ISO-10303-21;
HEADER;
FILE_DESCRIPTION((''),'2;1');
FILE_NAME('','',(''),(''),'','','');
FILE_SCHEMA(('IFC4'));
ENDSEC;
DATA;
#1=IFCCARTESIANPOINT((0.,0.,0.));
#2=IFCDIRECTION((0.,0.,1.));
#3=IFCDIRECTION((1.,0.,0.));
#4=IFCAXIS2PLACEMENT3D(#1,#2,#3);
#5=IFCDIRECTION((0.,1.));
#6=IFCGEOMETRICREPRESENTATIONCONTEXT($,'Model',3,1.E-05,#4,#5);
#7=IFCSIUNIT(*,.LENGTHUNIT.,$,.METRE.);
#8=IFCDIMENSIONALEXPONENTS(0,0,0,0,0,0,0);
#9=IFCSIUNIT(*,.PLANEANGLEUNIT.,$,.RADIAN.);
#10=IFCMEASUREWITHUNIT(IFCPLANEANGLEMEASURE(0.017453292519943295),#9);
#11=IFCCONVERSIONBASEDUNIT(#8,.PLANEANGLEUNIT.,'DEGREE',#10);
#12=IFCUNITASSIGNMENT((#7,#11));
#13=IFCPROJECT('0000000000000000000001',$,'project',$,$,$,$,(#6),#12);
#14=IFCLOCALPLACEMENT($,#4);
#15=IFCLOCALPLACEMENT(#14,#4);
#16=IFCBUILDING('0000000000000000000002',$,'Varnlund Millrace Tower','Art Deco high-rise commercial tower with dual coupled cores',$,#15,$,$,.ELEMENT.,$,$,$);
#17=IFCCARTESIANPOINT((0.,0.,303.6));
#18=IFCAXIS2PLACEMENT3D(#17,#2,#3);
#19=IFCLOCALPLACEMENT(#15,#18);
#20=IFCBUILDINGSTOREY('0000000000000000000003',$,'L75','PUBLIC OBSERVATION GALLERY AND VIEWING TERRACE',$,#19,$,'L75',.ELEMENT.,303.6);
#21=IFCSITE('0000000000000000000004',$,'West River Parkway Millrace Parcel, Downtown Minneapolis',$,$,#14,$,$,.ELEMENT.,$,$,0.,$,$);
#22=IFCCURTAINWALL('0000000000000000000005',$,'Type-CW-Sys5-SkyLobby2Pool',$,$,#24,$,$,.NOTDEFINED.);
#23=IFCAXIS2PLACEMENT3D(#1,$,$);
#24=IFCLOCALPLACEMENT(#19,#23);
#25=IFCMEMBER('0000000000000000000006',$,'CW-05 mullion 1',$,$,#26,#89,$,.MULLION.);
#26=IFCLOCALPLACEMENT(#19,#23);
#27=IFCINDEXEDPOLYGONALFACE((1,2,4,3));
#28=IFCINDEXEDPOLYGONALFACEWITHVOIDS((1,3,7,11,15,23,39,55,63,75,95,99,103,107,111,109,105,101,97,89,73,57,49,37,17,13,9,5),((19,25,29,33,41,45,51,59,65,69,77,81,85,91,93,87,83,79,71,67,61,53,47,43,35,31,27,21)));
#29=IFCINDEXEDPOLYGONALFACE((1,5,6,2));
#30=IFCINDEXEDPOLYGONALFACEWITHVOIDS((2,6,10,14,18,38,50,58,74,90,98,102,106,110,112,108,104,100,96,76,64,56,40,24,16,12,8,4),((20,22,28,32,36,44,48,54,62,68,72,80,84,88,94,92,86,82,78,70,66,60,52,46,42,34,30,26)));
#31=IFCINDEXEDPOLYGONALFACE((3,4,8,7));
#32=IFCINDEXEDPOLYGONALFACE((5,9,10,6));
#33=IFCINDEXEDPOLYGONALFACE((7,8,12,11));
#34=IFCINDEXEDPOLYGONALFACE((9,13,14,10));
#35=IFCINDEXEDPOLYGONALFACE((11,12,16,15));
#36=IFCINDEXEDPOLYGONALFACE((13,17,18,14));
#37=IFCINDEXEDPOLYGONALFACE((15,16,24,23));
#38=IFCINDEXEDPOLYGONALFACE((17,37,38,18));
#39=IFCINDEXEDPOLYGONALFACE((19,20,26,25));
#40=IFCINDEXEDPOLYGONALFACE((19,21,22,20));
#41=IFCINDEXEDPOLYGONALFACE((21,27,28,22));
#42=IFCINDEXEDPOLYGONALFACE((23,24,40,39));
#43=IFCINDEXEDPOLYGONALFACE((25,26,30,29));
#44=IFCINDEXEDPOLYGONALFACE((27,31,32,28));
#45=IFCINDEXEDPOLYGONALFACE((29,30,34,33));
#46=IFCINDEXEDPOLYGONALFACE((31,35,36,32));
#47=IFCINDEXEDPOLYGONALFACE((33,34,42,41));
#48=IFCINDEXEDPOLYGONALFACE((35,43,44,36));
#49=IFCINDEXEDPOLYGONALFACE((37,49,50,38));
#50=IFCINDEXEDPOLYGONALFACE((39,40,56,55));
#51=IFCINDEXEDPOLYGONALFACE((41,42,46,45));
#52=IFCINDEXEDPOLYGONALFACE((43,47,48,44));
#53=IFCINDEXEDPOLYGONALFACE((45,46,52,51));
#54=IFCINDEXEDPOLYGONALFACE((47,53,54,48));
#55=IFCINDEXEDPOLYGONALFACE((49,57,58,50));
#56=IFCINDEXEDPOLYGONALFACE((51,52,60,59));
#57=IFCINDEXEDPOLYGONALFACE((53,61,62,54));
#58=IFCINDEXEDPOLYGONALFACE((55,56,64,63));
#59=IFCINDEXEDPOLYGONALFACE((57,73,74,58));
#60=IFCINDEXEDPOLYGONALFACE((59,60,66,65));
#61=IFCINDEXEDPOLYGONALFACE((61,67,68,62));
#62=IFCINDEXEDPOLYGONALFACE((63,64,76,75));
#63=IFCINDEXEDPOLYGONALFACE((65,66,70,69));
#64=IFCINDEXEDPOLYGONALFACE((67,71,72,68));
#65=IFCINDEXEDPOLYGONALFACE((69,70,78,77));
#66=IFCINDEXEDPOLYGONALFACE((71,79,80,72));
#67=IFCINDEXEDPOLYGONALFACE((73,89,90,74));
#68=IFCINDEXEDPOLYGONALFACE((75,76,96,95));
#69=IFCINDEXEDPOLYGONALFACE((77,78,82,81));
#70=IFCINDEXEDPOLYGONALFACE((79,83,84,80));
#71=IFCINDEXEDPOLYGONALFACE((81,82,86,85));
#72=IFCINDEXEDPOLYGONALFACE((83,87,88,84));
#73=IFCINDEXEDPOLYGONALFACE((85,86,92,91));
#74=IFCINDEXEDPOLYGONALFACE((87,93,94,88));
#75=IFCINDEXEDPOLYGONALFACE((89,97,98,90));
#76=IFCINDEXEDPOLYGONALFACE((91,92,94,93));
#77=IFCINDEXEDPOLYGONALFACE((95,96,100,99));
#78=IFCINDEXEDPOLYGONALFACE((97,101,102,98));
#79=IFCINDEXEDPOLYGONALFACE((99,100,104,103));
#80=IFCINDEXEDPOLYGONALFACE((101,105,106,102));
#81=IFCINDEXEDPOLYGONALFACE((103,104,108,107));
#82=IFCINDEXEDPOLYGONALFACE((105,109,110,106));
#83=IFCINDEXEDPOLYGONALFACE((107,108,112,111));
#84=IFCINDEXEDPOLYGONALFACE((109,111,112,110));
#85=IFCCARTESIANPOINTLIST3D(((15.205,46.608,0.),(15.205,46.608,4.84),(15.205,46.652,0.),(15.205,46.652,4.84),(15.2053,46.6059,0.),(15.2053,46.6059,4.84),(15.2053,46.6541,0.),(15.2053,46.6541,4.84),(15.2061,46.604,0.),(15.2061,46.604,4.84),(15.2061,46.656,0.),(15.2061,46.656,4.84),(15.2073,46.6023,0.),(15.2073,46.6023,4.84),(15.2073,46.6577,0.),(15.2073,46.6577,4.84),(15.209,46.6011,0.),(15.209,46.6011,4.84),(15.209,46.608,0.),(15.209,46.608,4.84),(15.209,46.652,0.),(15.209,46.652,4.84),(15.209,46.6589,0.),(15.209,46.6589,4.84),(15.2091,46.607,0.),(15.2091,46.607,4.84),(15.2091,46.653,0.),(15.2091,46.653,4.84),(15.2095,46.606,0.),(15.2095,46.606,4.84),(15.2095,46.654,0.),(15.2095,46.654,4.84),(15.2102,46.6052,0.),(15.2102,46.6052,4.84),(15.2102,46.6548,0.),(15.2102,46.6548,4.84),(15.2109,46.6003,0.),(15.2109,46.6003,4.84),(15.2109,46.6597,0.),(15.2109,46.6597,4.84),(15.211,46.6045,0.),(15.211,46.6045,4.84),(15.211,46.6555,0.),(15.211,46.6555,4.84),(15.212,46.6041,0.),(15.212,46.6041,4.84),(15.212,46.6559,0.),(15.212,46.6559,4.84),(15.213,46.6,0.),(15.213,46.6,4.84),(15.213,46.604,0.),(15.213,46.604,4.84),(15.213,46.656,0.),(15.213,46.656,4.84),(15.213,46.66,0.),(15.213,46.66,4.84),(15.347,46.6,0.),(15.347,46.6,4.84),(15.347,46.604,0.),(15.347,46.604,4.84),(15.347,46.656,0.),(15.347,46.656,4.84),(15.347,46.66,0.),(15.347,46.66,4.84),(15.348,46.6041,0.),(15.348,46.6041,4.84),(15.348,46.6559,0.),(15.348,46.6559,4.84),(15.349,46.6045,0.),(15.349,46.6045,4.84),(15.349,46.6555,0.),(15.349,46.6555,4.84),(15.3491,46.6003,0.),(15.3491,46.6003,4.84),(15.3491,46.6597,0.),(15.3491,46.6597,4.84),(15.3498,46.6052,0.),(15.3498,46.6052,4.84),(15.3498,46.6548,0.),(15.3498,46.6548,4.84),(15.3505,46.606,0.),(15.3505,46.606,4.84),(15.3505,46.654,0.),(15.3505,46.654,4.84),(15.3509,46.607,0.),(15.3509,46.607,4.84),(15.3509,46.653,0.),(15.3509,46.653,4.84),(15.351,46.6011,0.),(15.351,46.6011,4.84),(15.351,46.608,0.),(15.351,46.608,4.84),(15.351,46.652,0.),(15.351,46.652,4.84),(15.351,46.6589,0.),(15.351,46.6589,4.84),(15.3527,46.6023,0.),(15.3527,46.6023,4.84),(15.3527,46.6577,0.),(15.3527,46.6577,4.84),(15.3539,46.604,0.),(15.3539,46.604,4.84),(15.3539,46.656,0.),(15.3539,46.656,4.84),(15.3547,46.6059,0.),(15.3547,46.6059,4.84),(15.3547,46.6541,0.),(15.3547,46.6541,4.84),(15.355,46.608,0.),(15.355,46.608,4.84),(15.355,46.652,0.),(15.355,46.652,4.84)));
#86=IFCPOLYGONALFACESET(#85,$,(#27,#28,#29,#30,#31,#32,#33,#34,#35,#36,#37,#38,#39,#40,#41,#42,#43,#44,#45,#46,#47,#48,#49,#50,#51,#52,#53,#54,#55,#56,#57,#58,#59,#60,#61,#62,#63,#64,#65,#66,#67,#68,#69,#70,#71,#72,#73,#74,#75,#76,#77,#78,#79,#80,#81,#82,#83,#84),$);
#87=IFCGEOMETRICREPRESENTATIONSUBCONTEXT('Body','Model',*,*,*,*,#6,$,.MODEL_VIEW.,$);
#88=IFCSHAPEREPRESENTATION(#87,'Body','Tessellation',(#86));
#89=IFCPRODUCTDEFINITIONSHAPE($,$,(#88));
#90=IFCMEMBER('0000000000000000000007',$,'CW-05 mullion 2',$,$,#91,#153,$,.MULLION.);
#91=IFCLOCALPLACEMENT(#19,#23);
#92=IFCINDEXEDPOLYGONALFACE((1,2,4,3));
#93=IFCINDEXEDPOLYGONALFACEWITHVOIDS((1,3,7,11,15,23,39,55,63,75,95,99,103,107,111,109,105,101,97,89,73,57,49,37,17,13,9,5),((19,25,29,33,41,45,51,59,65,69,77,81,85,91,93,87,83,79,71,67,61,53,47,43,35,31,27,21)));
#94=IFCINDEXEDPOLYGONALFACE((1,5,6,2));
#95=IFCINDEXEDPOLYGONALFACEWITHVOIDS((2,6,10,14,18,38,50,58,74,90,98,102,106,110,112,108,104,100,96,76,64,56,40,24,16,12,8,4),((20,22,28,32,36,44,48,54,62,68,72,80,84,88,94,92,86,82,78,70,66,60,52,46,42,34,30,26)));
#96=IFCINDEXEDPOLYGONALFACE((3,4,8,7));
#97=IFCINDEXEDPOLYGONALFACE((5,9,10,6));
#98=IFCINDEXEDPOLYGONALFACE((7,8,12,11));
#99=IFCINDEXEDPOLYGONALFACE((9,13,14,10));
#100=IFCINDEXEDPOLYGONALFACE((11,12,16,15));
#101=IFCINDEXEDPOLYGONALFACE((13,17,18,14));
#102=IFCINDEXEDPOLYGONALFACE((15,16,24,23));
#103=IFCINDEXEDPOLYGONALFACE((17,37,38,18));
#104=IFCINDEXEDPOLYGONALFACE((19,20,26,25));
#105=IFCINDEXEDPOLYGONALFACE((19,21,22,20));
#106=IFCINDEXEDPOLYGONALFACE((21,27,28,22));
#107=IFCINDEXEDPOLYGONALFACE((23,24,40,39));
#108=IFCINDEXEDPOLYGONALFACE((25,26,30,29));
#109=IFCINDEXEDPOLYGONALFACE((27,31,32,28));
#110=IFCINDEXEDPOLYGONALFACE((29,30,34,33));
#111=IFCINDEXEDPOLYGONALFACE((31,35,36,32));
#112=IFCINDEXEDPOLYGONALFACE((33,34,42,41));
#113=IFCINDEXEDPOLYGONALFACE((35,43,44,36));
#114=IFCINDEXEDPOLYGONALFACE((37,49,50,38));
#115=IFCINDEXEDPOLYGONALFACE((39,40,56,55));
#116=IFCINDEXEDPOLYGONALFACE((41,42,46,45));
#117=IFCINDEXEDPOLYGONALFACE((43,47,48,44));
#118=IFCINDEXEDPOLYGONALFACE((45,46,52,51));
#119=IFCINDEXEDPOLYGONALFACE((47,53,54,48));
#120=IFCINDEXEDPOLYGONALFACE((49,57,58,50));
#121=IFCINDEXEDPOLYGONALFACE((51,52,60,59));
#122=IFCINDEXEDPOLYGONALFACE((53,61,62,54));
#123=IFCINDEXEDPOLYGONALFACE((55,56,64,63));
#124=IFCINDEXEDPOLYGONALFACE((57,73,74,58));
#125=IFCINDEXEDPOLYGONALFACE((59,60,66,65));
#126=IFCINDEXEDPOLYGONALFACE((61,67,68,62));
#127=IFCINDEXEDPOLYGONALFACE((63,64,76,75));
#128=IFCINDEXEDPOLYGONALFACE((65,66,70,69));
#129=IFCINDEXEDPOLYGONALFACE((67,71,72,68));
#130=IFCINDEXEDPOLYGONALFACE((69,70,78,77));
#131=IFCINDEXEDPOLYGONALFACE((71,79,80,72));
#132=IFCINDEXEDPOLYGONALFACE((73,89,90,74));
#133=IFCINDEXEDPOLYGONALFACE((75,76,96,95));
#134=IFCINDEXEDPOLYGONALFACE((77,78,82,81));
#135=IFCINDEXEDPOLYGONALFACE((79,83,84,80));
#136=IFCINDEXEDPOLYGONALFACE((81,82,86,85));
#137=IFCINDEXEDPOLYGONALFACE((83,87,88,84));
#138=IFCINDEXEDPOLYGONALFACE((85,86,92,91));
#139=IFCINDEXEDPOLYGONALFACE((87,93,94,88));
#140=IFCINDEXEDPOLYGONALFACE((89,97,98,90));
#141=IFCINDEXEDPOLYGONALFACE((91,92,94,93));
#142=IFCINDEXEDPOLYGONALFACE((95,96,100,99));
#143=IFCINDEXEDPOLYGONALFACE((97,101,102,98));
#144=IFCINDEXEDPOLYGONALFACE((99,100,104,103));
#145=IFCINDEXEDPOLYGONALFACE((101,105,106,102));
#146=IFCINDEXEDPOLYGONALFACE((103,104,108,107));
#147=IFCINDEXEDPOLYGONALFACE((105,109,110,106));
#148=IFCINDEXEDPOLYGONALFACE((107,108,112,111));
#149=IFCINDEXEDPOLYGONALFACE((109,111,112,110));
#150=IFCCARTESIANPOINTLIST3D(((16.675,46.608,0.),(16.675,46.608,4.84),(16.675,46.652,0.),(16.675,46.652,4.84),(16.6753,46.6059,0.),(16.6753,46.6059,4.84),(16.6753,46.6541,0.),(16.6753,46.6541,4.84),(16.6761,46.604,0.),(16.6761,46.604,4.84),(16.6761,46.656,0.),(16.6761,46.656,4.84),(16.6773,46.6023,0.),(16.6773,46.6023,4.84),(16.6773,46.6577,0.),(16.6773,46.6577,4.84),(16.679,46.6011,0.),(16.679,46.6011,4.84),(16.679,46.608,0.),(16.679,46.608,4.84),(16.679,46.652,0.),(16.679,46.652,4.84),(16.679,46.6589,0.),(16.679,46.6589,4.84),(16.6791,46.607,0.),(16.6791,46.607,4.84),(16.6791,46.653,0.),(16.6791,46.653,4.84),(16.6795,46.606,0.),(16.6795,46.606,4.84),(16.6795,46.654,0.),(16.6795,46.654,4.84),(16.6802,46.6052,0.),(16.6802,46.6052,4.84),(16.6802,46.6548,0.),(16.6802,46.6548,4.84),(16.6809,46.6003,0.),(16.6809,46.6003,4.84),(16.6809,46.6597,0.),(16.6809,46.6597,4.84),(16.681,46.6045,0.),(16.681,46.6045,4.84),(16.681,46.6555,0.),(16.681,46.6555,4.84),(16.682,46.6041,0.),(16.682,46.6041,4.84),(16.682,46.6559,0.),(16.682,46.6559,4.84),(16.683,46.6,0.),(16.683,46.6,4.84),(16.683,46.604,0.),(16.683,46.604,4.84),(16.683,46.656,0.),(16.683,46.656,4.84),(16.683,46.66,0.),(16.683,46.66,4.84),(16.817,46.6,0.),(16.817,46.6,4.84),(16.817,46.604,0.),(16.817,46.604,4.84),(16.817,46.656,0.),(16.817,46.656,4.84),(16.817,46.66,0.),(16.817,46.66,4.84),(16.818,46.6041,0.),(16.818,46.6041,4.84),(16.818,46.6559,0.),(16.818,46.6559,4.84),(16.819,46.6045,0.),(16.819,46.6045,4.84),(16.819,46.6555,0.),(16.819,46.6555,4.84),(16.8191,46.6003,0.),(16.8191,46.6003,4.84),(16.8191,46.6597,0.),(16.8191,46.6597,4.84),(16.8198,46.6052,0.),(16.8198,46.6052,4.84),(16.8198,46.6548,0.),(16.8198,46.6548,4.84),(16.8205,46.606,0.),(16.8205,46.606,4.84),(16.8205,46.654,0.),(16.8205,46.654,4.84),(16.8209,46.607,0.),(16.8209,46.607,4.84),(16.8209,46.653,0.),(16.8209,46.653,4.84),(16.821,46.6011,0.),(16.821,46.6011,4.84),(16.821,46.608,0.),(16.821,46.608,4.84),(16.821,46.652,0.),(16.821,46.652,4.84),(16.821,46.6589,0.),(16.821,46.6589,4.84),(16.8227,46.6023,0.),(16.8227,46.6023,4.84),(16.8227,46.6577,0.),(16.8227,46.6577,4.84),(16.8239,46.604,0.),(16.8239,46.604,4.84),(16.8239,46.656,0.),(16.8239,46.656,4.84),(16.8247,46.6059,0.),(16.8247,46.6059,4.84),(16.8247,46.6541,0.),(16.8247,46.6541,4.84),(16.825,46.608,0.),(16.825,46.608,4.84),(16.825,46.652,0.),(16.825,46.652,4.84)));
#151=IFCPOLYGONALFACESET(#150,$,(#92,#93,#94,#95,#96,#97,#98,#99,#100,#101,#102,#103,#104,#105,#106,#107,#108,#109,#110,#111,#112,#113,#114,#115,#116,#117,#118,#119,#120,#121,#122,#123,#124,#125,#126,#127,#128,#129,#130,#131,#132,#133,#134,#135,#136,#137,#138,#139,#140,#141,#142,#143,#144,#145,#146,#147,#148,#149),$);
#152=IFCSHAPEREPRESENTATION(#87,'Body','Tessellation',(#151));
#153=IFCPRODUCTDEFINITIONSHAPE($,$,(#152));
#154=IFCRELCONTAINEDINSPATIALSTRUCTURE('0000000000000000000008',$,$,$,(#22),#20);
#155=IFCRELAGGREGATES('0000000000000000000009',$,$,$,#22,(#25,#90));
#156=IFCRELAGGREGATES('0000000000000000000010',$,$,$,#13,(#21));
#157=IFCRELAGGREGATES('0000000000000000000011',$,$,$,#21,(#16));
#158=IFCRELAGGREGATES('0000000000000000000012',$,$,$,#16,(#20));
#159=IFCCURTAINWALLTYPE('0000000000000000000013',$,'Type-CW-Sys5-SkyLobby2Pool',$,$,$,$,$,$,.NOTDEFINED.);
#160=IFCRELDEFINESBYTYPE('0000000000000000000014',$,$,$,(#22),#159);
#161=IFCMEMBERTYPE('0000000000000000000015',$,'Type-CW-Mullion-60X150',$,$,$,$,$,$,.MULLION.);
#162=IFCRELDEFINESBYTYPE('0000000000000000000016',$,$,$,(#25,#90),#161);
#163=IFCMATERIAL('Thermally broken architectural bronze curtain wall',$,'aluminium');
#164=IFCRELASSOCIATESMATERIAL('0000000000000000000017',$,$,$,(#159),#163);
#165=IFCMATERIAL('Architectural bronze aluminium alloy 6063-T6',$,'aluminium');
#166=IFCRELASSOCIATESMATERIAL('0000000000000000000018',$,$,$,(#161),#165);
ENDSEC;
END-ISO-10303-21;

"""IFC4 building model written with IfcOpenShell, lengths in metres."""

from ifc_helpers import new_model, entity, si_unit, converted_unit, direction, frame, origin_with_axes, origin_2d_with_axis, place, context, subcontext, project, spatial, hollow_rectangle, extrude, material, material_profile, profile_set, type_object, element, aggregate, save


model = new_model("IFC4")

# Units and contexts
model_context = context("Model", 3, precision=1e-05, world=origin_with_axes(), true_north=direction((0.0, 1.0)))
body_context = subcontext(model_context, "Body", "Model", "MODEL_VIEW")
ifc_project = project(units=[si_unit("LENGTHUNIT", "METRE"), converted_unit("PLANEANGLEUNIT", "DEGREE", entity("IfcPlaneAngleMeasure", 0.017453292519943295), si_unit("PLANEANGLEUNIT", "RADIAN"), dimensions=[0, 0, 0, 0, 0, 0, 0])], contexts=[model_context])

# Site, building, storey
site_placement = place(None, origin_with_axes())
site = spatial("IfcSite", under=ifc_project, at=site_placement, Name="West River Parkway Millrace Parcel, Downtown Minneapolis", CompositionType="ELEMENT", RefElevation=0.0)
building_placement = place(site_placement, origin_with_axes())
building = spatial("IfcBuilding", under=site, at=building_placement, Name="Varnlund Millrace Tower", Description="Art Deco high-rise commercial tower with dual coupled cores", CompositionType="ELEMENT")
storey_placement = place(building_placement, frame((0.0, 0.0, 303.6), z_axis=(0.0, 0.0, 1.0), x_axis=(1.0, 0.0, 0.0)))
storey = spatial("IfcBuildingStorey", under=building, at=storey_placement, Name="L75", Description="PUBLIC OBSERVATION GALLERY AND VIEWING TERRACE", LongName="L75", CompositionType="ELEMENT", Elevation=303.6)

# Curtain wall, members
ifc_material_1 = material(Name="Thermally broken architectural bronze curtain wall", Category="aluminium")
curtain_wall_type = type_object("IfcCurtainWallType", Name="Type-CW-Sys5-SkyLobby2Pool", PredefinedType="NOTDEFINED", material=ifc_material_1)
ifc_material_2 = material(Name="Architectural bronze aluminium alloy 6063-T6", Category="aluminium")
ifc_material_profile_1 = material_profile(ifc_material_2, hollow_rectangle(XDim=0.06, YDim=0.15, WallThickness=0.004, InnerFilletRadius=0.004, OuterFilletRadius=0.008, at=origin_2d_with_axis()), Name="Architectural bronze aluminium alloy 6063-T6")
ifc_profile_set_1 = profile_set([ifc_material_profile_1], Name="Architectural bronze aluminium alloy 6063-T6")
member_type = type_object("IfcMemberType", Name="Type-CW-Mullion-60X150", PredefinedType="MULLION", material=ifc_profile_set_1)
curtain_wall_1_placement = place(storey_placement, frame((15.25, 46.63, 0.0), z_axis=(0.0, 0.0, 1.0), x_axis=(1.0, 0.0, 0.0)))
curtain_wall_1 = element("IfcCurtainWall", 1, at=curtain_wall_1_placement, inside=storey, type_object=curtain_wall_type, Name="Type-CW-Sys5-SkyLobby2Pool", PredefinedType="NOTDEFINED")
member_1_placement = place(storey_placement, frame((15.28, 46.63, 0.0), z_axis=(0.0, 0.0, 1.0), x_axis=(0.0, 1.0, 0.0)))
member_1 = element("IfcMember", 2, at=member_1_placement, type_object=member_type, Name="CW-05 mullion 1", PredefinedType="MULLION", context=body_context, shape_type="SweptSolid", body=[
    extrude(hollow_rectangle(XDim=0.06, YDim=0.15, WallThickness=0.004, InnerFilletRadius=0.004, OuterFilletRadius=0.008, at=origin_2d_with_axis()), origin_with_axes(), (0.0, 0.0, 1.0), 4.84),
])
member_2_placement = place(storey_placement, frame((16.75, 46.63, 0.0), z_axis=(0.0, 0.0, 1.0), x_axis=(0.0, 1.0, 0.0)))
member_2 = element("IfcMember", 3, at=member_2_placement, type_object=member_type, Name="CW-05 mullion 2", PredefinedType="MULLION", context=body_context, shape_type="SweptSolid", body=[
    extrude(hollow_rectangle(XDim=0.06, YDim=0.15, WallThickness=0.004, InnerFilletRadius=0.004, OuterFilletRadius=0.008, at=origin_2d_with_axis()), origin_with_axes(), (0.0, 0.0, 1.0), 4.84),
])
aggregate(curtain_wall_1, [member_1, member_2])

save(model, "model.ifc")
